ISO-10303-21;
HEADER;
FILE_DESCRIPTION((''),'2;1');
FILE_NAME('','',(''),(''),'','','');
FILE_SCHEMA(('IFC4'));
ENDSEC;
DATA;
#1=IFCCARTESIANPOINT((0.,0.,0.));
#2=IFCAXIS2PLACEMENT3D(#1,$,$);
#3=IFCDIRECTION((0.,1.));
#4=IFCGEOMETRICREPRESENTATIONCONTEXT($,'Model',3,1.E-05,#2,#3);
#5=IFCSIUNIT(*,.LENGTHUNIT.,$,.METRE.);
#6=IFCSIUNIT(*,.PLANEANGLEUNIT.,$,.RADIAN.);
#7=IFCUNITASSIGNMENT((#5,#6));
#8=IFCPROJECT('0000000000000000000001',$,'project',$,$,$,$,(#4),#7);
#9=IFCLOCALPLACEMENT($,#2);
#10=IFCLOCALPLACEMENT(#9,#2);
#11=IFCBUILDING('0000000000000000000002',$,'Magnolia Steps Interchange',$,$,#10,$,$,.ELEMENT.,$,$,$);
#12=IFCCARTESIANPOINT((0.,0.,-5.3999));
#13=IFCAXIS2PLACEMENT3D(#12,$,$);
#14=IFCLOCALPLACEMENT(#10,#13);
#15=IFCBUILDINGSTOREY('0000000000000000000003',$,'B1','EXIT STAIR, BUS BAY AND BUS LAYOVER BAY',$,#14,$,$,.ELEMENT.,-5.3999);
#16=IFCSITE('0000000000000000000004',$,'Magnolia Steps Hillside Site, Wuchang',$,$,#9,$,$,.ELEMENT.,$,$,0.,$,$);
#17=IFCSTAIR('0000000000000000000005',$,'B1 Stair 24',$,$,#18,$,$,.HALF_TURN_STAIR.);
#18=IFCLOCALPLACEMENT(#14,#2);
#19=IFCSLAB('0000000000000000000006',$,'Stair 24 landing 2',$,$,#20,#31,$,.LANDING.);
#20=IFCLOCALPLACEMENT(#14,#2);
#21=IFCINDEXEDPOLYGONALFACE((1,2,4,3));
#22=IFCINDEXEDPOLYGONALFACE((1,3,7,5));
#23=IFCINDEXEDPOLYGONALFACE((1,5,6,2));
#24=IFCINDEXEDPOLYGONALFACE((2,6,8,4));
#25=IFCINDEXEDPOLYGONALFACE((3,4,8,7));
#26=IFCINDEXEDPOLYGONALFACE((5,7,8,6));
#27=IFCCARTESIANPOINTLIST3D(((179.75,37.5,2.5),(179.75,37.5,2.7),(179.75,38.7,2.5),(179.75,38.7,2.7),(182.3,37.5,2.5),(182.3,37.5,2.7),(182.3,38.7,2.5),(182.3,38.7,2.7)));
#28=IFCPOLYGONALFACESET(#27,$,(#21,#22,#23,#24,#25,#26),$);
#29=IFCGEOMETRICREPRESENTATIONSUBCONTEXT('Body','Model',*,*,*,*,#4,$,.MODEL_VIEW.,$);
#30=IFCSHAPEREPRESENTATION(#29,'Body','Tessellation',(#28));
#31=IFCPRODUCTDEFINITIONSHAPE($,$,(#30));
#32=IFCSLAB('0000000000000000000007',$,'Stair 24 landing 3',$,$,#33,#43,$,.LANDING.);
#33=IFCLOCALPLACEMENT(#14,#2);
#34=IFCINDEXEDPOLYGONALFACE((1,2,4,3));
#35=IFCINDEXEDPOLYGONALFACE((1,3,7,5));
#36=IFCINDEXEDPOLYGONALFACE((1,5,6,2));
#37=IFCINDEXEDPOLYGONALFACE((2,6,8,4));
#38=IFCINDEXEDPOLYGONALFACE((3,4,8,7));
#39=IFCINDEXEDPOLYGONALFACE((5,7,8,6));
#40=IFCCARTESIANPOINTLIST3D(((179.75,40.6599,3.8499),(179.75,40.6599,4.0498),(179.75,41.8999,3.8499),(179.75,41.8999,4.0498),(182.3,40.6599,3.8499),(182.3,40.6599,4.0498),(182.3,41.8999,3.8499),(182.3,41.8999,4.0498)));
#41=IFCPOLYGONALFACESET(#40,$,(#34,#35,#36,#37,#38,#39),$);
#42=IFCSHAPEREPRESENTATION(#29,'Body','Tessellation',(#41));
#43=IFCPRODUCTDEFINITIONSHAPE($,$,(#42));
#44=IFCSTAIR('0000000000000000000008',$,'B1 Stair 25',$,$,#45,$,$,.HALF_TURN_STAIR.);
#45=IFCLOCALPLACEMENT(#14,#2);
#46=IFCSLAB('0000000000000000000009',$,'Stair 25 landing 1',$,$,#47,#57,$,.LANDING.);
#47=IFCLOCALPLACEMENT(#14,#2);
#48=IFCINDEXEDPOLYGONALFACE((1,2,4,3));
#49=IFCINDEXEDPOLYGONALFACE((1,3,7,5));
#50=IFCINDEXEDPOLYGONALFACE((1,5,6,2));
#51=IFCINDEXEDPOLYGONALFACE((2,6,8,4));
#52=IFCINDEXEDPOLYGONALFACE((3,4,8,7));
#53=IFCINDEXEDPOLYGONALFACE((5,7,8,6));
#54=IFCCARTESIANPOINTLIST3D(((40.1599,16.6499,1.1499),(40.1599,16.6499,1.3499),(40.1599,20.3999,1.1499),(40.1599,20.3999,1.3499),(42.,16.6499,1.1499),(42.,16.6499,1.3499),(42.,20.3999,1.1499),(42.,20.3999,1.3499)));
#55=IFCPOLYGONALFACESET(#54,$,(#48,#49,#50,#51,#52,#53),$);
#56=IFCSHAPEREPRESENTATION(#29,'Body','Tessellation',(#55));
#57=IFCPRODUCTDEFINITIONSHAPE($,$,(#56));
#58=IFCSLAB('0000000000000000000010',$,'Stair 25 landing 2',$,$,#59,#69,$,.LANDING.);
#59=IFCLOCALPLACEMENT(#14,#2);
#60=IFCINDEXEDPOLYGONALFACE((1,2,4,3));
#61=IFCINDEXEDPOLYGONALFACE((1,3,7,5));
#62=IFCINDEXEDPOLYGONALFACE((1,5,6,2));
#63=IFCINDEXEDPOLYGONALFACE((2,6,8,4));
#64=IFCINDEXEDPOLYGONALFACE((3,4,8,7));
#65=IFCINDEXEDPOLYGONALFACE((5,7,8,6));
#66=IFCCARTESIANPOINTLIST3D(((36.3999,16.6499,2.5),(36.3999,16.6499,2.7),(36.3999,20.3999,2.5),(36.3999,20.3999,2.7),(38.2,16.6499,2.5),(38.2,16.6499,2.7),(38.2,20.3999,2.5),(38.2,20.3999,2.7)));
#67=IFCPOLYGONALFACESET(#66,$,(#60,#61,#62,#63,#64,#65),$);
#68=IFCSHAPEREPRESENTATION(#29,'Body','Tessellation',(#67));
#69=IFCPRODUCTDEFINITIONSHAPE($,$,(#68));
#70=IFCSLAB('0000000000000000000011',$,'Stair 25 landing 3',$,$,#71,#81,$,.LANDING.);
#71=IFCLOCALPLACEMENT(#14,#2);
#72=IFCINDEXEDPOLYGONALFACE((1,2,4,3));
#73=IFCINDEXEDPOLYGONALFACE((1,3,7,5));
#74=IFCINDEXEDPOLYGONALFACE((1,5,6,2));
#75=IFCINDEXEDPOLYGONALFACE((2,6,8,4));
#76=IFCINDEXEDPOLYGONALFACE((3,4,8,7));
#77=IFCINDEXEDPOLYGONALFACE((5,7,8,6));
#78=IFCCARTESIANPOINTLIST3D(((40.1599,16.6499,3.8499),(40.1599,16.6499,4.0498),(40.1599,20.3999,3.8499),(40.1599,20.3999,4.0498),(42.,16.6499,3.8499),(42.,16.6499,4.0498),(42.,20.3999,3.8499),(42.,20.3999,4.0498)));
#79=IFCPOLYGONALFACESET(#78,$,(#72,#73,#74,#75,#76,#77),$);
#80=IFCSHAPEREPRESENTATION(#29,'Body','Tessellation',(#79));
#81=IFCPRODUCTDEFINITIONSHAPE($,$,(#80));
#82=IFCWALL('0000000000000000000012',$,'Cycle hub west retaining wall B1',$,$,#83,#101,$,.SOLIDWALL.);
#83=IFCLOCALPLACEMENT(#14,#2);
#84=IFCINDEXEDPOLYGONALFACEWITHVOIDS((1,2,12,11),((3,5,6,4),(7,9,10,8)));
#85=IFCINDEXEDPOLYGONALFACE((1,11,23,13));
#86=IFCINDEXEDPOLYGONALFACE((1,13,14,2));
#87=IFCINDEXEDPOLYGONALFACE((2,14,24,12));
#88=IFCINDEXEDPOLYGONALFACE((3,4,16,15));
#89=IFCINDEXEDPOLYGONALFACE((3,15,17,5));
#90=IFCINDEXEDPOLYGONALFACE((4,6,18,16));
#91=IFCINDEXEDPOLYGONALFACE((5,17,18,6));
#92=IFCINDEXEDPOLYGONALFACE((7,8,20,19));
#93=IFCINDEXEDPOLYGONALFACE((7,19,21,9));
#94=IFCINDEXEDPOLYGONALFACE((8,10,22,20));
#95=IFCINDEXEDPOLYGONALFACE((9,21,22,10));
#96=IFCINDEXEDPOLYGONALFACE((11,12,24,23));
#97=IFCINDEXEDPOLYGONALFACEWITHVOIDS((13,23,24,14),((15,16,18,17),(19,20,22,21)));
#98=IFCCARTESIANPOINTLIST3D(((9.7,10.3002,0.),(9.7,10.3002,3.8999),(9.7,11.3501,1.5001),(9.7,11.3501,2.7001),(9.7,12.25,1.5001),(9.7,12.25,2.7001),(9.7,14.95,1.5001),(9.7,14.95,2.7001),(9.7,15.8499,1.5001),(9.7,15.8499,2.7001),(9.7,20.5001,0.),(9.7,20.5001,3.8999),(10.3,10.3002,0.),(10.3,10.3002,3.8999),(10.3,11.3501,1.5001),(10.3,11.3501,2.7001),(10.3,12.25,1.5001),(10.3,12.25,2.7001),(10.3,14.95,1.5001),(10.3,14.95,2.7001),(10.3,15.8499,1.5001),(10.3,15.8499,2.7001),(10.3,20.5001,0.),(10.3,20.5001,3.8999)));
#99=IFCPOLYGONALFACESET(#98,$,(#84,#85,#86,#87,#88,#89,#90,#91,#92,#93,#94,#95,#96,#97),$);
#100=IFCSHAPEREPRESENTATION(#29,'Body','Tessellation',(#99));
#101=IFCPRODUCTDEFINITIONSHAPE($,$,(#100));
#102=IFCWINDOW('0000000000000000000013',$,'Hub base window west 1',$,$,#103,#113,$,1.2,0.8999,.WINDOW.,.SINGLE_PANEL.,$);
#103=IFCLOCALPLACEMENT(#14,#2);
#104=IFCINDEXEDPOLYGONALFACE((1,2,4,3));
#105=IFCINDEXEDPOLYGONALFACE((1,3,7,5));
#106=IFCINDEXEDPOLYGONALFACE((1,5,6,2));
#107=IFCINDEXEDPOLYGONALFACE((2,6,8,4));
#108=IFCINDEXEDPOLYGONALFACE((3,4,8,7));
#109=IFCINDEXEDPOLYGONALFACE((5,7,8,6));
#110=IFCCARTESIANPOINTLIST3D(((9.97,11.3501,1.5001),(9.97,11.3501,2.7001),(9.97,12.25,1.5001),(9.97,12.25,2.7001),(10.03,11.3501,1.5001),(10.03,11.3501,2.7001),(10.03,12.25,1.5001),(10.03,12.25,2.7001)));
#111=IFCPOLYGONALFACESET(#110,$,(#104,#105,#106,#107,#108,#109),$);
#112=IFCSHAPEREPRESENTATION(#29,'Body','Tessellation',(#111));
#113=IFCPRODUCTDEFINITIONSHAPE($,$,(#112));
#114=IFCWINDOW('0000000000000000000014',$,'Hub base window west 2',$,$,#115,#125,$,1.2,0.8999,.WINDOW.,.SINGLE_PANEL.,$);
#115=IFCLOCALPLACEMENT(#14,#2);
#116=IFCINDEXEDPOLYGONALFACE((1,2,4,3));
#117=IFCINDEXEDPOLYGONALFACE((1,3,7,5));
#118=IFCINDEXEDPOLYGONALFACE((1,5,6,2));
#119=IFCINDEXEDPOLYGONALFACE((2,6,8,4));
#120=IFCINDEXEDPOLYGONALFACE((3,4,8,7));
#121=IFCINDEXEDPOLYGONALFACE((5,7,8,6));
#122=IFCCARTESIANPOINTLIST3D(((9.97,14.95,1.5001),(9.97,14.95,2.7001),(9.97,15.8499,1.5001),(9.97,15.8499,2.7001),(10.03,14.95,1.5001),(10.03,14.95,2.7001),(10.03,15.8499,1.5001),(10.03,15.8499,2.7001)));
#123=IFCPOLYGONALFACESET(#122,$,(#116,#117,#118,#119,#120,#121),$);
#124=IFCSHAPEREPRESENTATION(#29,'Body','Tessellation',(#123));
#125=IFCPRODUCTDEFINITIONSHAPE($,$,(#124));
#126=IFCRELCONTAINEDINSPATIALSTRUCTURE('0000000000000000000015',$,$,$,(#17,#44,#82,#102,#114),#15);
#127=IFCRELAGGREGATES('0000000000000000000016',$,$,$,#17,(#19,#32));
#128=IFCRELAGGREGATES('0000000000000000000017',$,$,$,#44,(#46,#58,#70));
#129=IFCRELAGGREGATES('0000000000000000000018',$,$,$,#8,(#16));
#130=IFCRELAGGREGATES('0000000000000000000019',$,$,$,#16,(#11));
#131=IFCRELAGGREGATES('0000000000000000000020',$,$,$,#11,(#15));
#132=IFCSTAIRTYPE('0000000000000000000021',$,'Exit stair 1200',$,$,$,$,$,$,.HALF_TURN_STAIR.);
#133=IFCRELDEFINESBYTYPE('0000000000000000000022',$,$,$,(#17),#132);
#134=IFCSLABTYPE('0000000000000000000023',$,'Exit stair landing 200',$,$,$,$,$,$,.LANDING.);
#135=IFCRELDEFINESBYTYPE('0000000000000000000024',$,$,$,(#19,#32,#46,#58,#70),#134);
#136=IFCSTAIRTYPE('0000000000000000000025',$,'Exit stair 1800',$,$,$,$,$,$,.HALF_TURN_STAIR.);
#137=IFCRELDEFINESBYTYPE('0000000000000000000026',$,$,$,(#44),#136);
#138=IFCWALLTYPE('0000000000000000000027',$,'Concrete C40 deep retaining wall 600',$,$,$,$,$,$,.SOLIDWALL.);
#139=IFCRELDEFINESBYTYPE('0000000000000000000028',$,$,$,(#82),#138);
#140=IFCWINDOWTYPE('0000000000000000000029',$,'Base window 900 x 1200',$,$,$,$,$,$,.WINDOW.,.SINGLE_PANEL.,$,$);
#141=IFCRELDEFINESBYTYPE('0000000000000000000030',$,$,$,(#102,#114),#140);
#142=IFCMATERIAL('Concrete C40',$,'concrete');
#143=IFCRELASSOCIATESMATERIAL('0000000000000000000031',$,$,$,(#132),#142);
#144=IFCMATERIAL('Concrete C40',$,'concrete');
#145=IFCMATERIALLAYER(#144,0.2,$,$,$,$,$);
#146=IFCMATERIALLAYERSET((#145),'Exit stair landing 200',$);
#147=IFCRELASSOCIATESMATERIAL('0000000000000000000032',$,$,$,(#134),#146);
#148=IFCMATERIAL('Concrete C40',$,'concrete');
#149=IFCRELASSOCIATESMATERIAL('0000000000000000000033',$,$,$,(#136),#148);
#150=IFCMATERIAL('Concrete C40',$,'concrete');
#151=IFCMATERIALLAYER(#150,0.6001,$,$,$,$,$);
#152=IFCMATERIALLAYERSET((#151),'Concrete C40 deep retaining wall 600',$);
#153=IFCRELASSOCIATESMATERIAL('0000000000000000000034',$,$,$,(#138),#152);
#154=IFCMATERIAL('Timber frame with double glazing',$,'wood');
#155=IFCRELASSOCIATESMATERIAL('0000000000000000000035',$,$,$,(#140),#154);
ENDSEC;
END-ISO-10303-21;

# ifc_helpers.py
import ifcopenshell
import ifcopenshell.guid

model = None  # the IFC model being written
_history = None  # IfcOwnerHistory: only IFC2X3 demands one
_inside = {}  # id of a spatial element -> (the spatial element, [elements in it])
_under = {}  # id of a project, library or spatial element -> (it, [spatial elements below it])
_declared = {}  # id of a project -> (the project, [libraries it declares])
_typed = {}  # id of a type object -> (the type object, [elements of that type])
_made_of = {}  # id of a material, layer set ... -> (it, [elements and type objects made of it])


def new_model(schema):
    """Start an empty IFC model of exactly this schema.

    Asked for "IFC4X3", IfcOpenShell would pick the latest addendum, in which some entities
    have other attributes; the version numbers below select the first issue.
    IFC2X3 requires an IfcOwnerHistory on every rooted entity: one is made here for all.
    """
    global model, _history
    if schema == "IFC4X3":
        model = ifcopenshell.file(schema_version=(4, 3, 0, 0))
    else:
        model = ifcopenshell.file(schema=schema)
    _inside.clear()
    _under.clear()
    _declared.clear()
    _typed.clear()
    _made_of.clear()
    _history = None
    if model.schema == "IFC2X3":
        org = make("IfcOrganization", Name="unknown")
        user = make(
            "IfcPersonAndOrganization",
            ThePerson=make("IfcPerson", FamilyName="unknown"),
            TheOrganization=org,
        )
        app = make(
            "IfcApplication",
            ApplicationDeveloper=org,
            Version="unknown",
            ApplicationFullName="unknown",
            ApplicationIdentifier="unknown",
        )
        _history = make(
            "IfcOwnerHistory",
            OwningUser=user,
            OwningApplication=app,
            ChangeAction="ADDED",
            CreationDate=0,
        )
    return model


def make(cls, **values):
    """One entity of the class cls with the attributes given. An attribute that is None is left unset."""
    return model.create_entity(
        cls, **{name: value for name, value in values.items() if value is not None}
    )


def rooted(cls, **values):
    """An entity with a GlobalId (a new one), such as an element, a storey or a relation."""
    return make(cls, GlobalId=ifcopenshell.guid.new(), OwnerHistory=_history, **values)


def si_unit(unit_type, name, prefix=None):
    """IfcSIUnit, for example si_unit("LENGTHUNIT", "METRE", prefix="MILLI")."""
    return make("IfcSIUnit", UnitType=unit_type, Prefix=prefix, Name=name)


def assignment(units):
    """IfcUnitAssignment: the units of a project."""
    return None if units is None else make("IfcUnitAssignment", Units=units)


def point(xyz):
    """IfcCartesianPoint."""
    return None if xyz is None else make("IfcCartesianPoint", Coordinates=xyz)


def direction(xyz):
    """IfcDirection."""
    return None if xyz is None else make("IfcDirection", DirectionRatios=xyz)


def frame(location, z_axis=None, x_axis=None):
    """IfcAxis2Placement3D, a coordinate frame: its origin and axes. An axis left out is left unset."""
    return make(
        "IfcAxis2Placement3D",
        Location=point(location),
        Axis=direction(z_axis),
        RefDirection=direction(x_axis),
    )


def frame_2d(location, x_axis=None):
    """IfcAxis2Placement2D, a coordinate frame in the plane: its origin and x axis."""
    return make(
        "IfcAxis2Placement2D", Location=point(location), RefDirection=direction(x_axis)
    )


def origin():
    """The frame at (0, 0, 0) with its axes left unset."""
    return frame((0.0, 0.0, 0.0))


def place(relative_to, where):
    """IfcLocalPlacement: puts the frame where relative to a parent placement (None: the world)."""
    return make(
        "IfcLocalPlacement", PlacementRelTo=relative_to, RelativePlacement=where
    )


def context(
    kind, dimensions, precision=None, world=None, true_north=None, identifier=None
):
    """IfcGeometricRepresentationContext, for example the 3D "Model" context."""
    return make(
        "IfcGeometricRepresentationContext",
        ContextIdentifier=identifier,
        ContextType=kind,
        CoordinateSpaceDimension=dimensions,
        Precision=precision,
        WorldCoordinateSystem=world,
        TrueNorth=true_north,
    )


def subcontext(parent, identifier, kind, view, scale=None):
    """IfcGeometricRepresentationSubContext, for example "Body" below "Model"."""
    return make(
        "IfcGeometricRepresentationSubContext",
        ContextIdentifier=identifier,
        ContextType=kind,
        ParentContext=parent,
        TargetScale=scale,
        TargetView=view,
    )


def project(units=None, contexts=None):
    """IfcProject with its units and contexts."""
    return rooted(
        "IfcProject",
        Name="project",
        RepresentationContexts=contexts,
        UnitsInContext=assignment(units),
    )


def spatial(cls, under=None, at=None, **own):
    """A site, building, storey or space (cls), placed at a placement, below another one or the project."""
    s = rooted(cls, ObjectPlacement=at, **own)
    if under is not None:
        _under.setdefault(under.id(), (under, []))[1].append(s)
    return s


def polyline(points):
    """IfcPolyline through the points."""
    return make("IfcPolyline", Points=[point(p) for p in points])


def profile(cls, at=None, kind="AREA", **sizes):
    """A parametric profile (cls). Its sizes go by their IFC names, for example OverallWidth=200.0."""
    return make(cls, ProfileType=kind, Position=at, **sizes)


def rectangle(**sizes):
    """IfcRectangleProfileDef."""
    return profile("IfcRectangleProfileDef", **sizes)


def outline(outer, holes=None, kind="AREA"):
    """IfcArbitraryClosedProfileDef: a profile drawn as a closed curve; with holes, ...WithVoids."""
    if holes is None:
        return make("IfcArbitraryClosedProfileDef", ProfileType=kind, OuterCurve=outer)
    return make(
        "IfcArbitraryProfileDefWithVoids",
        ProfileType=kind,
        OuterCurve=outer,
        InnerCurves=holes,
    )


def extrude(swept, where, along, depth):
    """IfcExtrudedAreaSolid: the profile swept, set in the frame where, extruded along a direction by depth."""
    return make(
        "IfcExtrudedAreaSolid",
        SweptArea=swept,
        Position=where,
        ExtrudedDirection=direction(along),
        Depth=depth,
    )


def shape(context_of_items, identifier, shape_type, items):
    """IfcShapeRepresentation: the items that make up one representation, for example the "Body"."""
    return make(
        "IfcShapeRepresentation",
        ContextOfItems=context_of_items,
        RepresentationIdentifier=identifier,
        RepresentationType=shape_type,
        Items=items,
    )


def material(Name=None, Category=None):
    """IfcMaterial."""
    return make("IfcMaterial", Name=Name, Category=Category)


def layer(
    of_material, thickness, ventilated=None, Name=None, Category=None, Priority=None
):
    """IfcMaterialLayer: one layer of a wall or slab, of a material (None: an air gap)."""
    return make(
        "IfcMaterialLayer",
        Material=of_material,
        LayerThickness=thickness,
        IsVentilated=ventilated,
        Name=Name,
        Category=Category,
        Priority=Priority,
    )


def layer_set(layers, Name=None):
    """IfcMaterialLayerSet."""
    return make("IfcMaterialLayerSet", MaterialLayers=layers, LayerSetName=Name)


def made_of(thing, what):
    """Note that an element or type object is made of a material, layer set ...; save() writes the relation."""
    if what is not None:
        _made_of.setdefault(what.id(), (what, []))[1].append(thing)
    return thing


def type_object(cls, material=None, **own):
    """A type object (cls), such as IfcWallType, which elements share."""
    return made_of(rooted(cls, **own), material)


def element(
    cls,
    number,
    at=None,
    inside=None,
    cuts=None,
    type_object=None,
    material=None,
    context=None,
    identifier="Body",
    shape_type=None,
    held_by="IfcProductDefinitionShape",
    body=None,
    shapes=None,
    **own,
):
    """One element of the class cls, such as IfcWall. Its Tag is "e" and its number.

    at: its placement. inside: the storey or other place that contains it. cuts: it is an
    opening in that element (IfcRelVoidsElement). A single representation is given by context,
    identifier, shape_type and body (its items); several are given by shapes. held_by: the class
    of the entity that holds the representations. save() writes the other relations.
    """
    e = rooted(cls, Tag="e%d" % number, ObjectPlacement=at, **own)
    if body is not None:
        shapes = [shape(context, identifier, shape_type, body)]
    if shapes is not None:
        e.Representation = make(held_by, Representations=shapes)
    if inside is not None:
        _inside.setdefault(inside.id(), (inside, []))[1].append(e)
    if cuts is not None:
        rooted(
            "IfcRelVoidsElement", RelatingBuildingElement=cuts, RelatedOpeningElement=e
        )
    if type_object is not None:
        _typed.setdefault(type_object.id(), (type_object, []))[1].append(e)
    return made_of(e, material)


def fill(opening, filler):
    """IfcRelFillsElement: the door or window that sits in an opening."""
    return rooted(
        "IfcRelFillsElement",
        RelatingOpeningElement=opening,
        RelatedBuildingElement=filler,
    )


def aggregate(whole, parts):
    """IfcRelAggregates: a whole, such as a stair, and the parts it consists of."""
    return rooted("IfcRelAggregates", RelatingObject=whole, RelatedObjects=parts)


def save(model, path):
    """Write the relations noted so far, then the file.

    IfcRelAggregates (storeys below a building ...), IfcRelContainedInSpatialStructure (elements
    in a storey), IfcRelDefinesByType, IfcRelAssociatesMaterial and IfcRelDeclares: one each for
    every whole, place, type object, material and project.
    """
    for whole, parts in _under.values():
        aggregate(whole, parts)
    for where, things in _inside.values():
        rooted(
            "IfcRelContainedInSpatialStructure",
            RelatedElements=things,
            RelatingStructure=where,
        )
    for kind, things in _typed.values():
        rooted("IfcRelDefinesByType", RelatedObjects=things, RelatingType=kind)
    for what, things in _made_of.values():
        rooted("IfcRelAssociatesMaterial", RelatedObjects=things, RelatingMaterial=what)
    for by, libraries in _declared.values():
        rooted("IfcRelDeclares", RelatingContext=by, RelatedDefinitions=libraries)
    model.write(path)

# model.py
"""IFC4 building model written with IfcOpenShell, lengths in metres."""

from ifc_helpers import new_model, si_unit, direction, frame, frame_2d, origin, place, context, subcontext, project, spatial, polyline, rectangle, outline, extrude, material, layer, layer_set, type_object, element, fill, aggregate, save


model = new_model("IFC4")

# Units and contexts
model_context = context("Model", 3, precision=1e-05, world=origin(), true_north=direction((0.0, 1.0)))
body_context = subcontext(model_context, "Body", "Model", "MODEL_VIEW")
ifc_project = project(units=[si_unit("LENGTHUNIT", "METRE"), si_unit("PLANEANGLEUNIT", "RADIAN")], contexts=[model_context])

# Site, building, storey
site_placement = place(None, origin())
site = spatial("IfcSite", under=ifc_project, at=site_placement, Name="Magnolia Steps Hillside Site, Wuchang", CompositionType="ELEMENT", RefElevation=0.0)
building_placement = place(site_placement, origin())
building = spatial("IfcBuilding", under=site, at=building_placement, Name="Magnolia Steps Interchange", CompositionType="ELEMENT")
storey_placement = place(building_placement, frame((0.0, 0.0, -5.3999)))
storey = spatial("IfcBuildingStorey", under=building, at=storey_placement, Name="B1", Description="EXIT STAIR, BUS BAY AND BUS LAYOVER BAY", CompositionType="ELEMENT", Elevation=-5.3999)

# Shared definitions
ifc_material_1 = material(Name="Concrete C40", Category="concrete")
stair_type_1 = type_object("IfcStairType", Name="Exit stair 1200", PredefinedType="HALF_TURN_STAIR", material=ifc_material_1)
ifc_material_2 = material(Name="Concrete C40", Category="concrete")
ifc_layer_1 = layer(ifc_material_2, 0.2)
ifc_layer_set_1 = layer_set([ifc_layer_1], Name="Exit stair landing 200")
slab_type = type_object("IfcSlabType", Name="Exit stair landing 200", PredefinedType="LANDING", material=ifc_layer_set_1)

# Stairs, slabs
stair_1_placement = place(storey_placement, origin())
stair_1 = element("IfcStair", 1, at=stair_1_placement, inside=storey, type_object=stair_type_1, Name="B1 Stair 24", PredefinedType="HALF_TURN_STAIR")
slab_1_placement = place(storey_placement, frame((0.0, 0.0, 2.5)))
slab_1 = element("IfcSlab", 2, at=slab_1_placement, type_object=slab_type, Name="Stair 24 landing 2", PredefinedType="LANDING", context=body_context, shape_type="SweptSolid", body=[
    extrude(outline(polyline([(182.3, 37.5), (182.3, 38.7), (179.75, 38.7), (179.75, 37.5), (182.3, 37.5)])), origin(), (0.0, 0.0, 1.0), 0.2),
])
slab_2_placement = place(storey_placement, frame((0.0, 0.0, 3.8499)))
slab_2 = element("IfcSlab", 3, at=slab_2_placement, type_object=slab_type, Name="Stair 24 landing 3", PredefinedType="LANDING", context=body_context, shape_type="SweptSolid", body=[
    extrude(outline(polyline([(182.3, 40.6599), (182.3, 41.8999), (179.75, 41.8999), (179.75, 40.6599), (182.3, 40.6599)])), origin(), (0.0, 0.0, 1.0), 0.2),
])
aggregate(stair_1, [slab_1, slab_2])
ifc_material_3 = material(Name="Concrete C40", Category="concrete")
stair_type_2 = type_object("IfcStairType", Name="Exit stair 1800", PredefinedType="HALF_TURN_STAIR", material=ifc_material_3)
stair_2_placement = place(storey_placement, origin())
stair_2 = element("IfcStair", 4, at=stair_2_placement, inside=storey, type_object=stair_type_2, Name="B1 Stair 25", PredefinedType="HALF_TURN_STAIR")
slab_3_placement = place(storey_placement, frame((0.0, 0.0, 1.1499)))
slab_3 = element("IfcSlab", 5, at=slab_3_placement, type_object=slab_type, Name="Stair 25 landing 1", PredefinedType="LANDING", context=body_context, shape_type="SweptSolid", body=[
    extrude(outline(polyline([(40.1599, 16.6499), (42.0, 16.6499), (42.0, 20.3999), (40.1599, 20.3999), (40.1599, 16.6499)])), origin(), (0.0, 0.0, 1.0), 0.2),
])
slab_4_placement = place(storey_placement, frame((0.0, 0.0, 2.5)))
slab_4 = element("IfcSlab", 6, at=slab_4_placement, type_object=slab_type, Name="Stair 25 landing 2", PredefinedType="LANDING", context=body_context, shape_type="SweptSolid", body=[
    extrude(outline(polyline([(36.3999, 16.6499), (38.2, 16.6499), (38.2, 20.3999), (36.3999, 20.3999), (36.3999, 16.6499)])), origin(), (0.0, 0.0, 1.0), 0.2),
])
slab_5_placement = place(storey_placement, frame((0.0, 0.0, 3.8499)))
slab_5 = element("IfcSlab", 7, at=slab_5_placement, type_object=slab_type, Name="Stair 25 landing 3", PredefinedType="LANDING", context=body_context, shape_type="SweptSolid", body=[
    extrude(outline(polyline([(40.1599, 16.6499), (42.0, 16.6499), (42.0, 20.3999), (40.1599, 20.3999), (40.1599, 16.6499)])), origin(), (0.0, 0.0, 1.0), 0.2),
])
aggregate(stair_2, [slab_3, slab_4, slab_5])

# Wall, openings, windows
ifc_material_4 = material(Name="Concrete C40", Category="concrete")
ifc_layer_2 = layer(ifc_material_4, 0.6001)
ifc_layer_set_2 = layer_set([ifc_layer_2], Name="Concrete C40 deep retaining wall 600")
wall_type = type_object("IfcWallType", Name="Concrete C40 deep retaining wall 600", PredefinedType="SOLIDWALL", material=ifc_layer_set_2)
wall_placement = place(storey_placement, frame((10.0, 10.3, 0.0), z_axis=(0.0, 0.0, 1.0), x_axis=(0.0, 1.0, 0.0)))
wall = element("IfcWall", 8, at=wall_placement, inside=storey, type_object=wall_type, Name="Cycle hub west retaining wall B1", PredefinedType="SOLIDWALL", context=body_context, shape_type="SweptSolid", body=[
    extrude(rectangle(XDim=10.2, YDim=0.6001, at=frame_2d((5.1001, 0.0))), origin(), (0.0, 0.0, 1.0), 3.8999),
])
opening_1_placement = place(wall_placement, frame((1.05, 0.0, 1.5)))
opening_1 = element("IfcOpeningElement", 9, at=opening_1_placement, cuts=wall, PredefinedType="OPENING", context=body_context, shape_type="SweptSolid", body=[
    extrude(rectangle(XDim=0.8999, YDim=1.2, at=frame_2d((0.45, 0.6001))), frame((0.0, 0.3101, 0.0), z_axis=(0.0, -1.0, 0.0), x_axis=(1.0, 0.0, 0.0)), (0.0, 0.0, 1.0), 0.6201),
])
opening_2_placement = place(wall_placement, frame((4.6499, 0.0, 1.5)))
opening_2 = element("IfcOpeningElement", 10, at=opening_2_placement, cuts=wall, PredefinedType="OPENING", context=body_context, shape_type="SweptSolid", body=[
    extrude(rectangle(XDim=0.8999, YDim=1.2, at=frame_2d((0.45, 0.6001))), frame((0.0, 0.3101, 0.0), z_axis=(0.0, -1.0, 0.0), x_axis=(1.0, 0.0, 0.0)), (0.0, 0.0, 1.0), 0.6201),
])
ifc_material_5 = material(Name="Timber frame with double glazing", Category="wood")
window_type = type_object("IfcWindowType", Name="Base window 900 x 1200", PartitioningType="SINGLE_PANEL", PredefinedType="WINDOW", material=ifc_material_5)
window_1_placement = place(opening_1_placement, origin())
window_1 = element("IfcWindow", 11, at=window_1_placement, inside=storey, type_object=window_type, Name="Hub base window west 1", OverallHeight=1.2, OverallWidth=0.8999, PartitioningType="SINGLE_PANEL", PredefinedType="WINDOW", context=body_context, shape_type="SweptSolid", body=[
    extrude(rectangle(XDim=0.8999, YDim=1.2, at=frame_2d((0.45, 0.6001))), frame((0.0, 0.03, 0.0), z_axis=(0.0, -1.0, 0.0), x_axis=(1.0, 0.0, 0.0)), (0.0, 0.0, 1.0), 0.0601),
])
fill(opening_1, window_1)
window_2_placement = place(opening_2_placement, origin())
window_2 = element("IfcWindow", 12, at=window_2_placement, inside=storey, type_object=window_type, Name="Hub base window west 2", OverallHeight=1.2, OverallWidth=0.8999, PartitioningType="SINGLE_PANEL", PredefinedType="WINDOW", context=body_context, shape_type="SweptSolid", body=[
    extrude(rectangle(XDim=0.8999, YDim=1.2, at=frame_2d((0.45, 0.6001))), frame((0.0, 0.03, 0.0), z_axis=(0.0, -1.0, 0.0), x_axis=(1.0, 0.0, 0.0)), (0.0, 0.0, 1.0), 0.0601),
])
fill(opening_2, window_2)

save(model, "model.ifc")
